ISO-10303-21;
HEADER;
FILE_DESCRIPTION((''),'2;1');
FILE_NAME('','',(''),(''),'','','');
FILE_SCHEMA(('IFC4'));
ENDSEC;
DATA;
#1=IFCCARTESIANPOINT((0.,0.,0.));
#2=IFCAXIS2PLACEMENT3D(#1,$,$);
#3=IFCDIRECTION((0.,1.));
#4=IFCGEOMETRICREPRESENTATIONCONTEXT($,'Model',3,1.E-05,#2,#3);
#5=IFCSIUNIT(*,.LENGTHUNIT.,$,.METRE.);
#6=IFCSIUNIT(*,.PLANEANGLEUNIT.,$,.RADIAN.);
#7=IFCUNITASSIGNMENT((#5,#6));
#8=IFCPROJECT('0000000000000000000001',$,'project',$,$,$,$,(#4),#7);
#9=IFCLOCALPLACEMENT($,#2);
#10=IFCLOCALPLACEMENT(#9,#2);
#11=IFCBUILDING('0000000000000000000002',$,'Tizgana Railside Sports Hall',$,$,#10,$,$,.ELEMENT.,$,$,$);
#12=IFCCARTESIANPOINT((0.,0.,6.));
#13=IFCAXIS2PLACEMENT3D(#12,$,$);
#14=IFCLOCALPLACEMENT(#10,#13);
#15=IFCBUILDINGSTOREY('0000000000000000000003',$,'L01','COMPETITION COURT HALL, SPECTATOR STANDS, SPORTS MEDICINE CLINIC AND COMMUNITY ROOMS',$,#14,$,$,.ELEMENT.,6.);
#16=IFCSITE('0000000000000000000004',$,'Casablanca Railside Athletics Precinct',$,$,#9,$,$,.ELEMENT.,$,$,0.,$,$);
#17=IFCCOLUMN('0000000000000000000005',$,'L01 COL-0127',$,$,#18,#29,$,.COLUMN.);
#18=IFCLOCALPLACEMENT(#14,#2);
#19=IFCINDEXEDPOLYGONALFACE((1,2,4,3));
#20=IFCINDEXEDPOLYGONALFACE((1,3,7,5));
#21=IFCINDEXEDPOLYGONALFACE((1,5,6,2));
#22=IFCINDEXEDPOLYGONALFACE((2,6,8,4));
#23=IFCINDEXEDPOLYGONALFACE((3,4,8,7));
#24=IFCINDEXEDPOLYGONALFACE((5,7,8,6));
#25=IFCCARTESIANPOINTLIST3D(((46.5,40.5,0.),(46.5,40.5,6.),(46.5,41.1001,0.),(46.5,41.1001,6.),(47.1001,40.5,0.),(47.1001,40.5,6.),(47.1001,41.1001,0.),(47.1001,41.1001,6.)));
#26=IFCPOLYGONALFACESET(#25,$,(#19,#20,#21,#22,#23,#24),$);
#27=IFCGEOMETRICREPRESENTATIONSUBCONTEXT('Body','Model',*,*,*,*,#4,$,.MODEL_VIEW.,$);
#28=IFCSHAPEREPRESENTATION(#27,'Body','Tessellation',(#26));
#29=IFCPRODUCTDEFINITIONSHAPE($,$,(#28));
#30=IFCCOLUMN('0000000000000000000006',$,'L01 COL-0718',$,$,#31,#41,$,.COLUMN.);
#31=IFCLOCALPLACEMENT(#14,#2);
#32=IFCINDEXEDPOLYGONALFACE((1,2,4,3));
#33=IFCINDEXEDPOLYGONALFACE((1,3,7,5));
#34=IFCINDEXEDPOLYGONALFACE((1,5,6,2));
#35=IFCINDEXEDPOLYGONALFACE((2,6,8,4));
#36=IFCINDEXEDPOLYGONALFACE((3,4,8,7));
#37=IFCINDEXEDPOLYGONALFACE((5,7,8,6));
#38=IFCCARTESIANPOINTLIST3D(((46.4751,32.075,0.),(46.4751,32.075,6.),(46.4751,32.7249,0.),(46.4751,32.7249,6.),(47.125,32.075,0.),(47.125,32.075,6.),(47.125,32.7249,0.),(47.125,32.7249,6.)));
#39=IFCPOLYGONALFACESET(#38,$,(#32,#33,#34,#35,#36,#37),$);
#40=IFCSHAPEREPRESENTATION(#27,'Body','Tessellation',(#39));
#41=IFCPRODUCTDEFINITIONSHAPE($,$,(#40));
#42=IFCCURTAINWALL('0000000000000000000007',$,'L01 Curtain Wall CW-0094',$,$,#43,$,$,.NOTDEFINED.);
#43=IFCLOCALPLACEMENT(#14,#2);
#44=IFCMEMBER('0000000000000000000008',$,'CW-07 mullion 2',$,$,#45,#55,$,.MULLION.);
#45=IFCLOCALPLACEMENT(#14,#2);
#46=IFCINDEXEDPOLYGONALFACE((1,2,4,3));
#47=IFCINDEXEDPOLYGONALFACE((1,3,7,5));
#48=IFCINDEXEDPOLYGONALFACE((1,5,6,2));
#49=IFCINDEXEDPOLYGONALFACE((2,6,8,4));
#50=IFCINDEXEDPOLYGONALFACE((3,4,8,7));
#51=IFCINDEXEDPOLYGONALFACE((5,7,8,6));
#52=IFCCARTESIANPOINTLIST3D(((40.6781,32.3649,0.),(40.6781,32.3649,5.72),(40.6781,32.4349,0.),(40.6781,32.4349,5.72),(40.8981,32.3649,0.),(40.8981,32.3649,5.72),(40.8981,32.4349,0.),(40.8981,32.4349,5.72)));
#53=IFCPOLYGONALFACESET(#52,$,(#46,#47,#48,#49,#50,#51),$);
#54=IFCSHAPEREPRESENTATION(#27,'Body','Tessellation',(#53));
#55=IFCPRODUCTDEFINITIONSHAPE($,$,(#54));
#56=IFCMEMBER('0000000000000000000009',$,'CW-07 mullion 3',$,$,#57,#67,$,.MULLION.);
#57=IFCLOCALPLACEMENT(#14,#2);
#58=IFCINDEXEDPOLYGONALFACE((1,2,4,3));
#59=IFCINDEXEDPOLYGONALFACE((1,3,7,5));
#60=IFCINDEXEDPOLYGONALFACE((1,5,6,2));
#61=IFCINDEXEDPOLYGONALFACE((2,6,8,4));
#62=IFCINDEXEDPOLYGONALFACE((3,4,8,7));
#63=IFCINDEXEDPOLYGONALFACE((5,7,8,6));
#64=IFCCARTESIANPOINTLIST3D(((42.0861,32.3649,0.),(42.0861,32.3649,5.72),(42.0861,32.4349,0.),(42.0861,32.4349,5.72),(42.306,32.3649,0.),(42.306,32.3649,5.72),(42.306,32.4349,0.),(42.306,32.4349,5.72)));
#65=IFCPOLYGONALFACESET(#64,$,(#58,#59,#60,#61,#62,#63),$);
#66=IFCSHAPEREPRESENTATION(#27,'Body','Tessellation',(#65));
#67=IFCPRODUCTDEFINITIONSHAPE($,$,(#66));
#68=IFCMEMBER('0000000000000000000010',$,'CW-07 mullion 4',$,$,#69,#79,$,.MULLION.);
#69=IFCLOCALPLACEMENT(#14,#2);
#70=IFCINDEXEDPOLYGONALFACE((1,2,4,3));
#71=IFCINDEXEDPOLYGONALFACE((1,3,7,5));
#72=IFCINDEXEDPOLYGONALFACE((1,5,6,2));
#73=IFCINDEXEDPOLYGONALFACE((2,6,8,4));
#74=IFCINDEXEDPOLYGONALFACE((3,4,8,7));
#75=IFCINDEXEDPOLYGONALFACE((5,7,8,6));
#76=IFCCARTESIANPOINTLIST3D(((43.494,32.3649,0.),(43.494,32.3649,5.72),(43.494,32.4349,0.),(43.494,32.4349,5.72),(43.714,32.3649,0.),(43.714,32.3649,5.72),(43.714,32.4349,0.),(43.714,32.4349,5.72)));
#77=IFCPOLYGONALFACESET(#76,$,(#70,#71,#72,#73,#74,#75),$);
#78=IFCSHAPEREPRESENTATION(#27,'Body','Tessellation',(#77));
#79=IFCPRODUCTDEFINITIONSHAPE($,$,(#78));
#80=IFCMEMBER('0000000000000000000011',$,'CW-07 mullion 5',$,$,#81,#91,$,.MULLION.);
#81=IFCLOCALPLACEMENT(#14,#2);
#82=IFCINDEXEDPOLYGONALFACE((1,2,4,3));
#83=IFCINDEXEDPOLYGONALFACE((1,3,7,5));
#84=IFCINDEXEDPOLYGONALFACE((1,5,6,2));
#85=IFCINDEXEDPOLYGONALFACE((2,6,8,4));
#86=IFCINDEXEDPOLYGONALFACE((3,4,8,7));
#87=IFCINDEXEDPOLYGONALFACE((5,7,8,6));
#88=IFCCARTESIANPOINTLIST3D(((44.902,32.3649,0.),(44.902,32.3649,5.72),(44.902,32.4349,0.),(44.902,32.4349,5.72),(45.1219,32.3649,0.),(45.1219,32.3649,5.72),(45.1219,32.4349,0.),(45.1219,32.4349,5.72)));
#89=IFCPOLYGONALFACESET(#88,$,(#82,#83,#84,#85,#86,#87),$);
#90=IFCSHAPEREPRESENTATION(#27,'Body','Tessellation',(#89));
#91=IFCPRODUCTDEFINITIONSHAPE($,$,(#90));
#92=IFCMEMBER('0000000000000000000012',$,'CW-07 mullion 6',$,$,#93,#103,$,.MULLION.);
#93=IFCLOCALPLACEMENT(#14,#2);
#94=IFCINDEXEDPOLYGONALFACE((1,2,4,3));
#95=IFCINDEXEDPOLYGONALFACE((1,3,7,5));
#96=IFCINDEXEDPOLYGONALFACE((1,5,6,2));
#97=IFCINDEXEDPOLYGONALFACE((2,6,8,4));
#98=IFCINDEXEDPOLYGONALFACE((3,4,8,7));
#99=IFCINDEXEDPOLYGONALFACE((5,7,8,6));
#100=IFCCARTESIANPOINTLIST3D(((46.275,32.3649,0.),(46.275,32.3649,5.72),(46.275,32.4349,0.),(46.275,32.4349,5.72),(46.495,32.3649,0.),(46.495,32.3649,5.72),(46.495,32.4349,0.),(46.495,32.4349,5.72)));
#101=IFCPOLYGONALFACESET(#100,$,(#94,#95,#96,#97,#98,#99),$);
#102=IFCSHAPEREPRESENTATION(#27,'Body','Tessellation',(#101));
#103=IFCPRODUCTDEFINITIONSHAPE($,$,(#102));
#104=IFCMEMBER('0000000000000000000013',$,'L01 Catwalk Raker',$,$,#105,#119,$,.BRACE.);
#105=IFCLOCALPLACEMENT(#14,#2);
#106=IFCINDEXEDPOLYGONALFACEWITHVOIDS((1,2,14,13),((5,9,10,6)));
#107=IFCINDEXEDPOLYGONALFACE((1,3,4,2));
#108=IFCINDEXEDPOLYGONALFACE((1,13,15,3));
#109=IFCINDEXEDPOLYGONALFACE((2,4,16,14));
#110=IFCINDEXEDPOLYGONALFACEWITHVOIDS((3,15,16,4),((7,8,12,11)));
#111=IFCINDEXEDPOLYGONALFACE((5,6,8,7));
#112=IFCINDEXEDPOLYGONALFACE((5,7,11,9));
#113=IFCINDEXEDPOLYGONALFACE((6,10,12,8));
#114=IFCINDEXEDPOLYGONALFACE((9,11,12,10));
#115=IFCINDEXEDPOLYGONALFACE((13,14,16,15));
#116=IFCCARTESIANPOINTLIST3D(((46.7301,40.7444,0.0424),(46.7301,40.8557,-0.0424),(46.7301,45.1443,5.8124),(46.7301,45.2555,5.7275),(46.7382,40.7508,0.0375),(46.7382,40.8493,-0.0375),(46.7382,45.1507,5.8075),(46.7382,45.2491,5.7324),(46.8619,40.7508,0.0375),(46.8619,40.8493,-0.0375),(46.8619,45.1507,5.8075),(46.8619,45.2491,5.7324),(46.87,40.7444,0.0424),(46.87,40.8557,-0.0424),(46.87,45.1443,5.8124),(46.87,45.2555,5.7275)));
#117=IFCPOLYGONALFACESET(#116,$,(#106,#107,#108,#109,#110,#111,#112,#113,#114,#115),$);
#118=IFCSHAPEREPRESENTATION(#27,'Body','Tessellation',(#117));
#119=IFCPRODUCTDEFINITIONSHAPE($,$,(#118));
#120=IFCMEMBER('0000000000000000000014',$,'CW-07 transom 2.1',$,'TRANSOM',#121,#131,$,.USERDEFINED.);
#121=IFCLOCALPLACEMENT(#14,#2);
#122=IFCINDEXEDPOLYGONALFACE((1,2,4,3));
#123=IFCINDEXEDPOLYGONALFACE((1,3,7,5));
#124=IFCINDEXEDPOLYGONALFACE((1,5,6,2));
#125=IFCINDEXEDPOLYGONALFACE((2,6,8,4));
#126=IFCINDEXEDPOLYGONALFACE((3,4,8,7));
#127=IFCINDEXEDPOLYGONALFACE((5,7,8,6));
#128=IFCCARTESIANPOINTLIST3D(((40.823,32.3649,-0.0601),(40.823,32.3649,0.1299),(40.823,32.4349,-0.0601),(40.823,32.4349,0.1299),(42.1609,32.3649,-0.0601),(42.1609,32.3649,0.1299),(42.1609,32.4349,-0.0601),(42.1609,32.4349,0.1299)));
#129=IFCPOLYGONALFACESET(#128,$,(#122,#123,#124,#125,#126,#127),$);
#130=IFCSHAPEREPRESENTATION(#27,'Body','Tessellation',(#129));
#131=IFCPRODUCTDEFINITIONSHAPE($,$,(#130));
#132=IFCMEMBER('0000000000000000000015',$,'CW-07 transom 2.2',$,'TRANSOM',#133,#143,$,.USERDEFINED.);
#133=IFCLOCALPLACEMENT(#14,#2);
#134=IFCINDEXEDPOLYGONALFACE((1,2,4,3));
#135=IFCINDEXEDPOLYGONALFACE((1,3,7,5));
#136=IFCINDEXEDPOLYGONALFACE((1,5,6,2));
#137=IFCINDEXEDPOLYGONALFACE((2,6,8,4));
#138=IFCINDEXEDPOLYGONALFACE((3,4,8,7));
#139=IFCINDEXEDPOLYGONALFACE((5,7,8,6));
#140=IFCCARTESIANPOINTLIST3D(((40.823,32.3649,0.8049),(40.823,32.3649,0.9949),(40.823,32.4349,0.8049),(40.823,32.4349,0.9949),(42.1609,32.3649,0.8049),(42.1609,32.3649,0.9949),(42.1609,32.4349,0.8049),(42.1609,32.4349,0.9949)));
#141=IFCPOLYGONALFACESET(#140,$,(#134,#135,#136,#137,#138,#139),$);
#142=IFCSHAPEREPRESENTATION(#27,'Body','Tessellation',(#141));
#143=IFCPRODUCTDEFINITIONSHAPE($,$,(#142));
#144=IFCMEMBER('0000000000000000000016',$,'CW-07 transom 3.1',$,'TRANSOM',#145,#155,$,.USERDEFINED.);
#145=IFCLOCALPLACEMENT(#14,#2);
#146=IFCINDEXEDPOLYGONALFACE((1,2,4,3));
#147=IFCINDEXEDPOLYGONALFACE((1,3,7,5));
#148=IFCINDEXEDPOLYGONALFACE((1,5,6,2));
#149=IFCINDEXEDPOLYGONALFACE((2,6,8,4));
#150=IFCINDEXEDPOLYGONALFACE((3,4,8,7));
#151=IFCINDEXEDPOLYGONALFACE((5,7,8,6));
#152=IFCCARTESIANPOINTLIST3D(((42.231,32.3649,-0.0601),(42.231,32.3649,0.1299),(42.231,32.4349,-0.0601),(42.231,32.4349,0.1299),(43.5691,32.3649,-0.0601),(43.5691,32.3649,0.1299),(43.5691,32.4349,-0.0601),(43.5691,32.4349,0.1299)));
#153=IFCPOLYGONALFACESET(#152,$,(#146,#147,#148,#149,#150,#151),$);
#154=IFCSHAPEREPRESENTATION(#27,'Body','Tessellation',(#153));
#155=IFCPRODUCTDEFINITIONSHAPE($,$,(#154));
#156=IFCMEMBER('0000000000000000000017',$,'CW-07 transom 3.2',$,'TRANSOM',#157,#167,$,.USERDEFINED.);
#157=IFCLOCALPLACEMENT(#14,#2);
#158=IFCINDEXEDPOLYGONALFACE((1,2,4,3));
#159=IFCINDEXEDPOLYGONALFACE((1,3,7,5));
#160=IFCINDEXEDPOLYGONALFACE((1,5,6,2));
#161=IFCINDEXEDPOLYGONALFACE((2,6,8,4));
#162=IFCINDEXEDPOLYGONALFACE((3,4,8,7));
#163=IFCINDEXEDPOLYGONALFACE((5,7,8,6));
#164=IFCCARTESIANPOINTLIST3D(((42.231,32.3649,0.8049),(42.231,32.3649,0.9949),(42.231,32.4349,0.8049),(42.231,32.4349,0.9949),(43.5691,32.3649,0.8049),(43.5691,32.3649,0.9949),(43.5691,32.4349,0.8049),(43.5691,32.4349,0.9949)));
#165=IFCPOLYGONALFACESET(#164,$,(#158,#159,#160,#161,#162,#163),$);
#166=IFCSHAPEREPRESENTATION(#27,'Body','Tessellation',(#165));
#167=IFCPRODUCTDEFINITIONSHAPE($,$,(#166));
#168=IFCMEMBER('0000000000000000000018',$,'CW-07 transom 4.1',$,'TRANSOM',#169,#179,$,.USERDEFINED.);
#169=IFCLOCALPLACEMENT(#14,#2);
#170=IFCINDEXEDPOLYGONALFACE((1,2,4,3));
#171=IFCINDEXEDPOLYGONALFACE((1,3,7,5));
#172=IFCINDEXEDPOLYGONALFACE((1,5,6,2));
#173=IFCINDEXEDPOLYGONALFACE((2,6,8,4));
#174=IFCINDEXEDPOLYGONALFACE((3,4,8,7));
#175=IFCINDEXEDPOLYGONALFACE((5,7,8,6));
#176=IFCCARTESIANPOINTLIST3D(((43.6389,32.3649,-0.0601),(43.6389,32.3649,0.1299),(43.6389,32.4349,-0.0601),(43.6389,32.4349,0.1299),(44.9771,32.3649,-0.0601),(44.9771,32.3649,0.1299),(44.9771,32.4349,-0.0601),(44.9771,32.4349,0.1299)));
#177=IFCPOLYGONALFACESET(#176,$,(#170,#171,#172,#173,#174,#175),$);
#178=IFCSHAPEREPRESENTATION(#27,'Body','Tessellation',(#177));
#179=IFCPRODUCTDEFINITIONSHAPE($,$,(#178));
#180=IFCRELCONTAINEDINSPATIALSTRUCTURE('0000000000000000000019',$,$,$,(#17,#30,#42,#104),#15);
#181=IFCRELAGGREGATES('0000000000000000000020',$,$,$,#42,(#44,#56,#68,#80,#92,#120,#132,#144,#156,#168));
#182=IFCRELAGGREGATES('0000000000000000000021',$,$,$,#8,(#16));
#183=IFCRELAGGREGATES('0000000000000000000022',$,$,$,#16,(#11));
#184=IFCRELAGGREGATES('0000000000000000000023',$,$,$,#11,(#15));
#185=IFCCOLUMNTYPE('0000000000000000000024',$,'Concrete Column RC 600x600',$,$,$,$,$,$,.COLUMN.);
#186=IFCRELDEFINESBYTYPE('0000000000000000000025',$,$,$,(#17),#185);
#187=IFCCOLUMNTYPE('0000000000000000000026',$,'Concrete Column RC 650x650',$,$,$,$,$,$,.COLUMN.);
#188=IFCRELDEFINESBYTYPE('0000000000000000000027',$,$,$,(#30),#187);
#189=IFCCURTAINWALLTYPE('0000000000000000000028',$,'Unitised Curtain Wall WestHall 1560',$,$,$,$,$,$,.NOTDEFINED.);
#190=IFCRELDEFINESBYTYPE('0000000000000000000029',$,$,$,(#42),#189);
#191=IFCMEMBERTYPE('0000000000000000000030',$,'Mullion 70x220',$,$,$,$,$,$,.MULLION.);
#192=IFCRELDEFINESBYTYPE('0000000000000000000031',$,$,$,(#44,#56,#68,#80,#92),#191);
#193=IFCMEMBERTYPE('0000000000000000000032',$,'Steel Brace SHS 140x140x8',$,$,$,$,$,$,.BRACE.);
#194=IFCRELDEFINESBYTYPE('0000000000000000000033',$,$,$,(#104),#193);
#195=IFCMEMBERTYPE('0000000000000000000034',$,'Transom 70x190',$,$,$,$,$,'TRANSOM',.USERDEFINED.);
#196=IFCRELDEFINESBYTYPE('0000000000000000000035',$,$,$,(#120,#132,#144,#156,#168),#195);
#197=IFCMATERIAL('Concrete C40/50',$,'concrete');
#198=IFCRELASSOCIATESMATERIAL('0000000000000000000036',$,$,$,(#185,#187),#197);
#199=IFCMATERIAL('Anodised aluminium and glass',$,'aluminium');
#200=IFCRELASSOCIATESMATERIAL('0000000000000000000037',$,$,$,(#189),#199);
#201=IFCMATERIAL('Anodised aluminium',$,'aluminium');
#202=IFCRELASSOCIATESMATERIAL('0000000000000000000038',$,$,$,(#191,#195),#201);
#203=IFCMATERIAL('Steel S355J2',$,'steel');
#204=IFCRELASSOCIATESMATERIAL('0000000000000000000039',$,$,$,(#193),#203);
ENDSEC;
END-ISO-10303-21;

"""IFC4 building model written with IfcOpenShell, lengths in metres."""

from ifc_helpers import new_model, si_unit, direction, frame, origin, origin_2d, place, context, subcontext, project, spatial, rectangle, hollow_rectangle, extrude, material, material_profile, profile_set, type_object, element, aggregate, save


model = new_model("IFC4")

# Units and contexts
model_context = context("Model", 3, precision=1e-05, world=origin(), true_north=direction((0.0, 1.0)))
body_context = subcontext(model_context, "Body", "Model", "MODEL_VIEW")
ifc_project = project(units=[si_unit("LENGTHUNIT", "METRE"), si_unit("PLANEANGLEUNIT", "RADIAN")], contexts=[model_context])

# Site, building, storey
site_placement = place(None, origin())
site = spatial("IfcSite", under=ifc_project, at=site_placement, Name="Casablanca Railside Athletics Precinct", CompositionType="ELEMENT", RefElevation=0.0)
building_placement = place(site_placement, origin())
building = spatial("IfcBuilding", under=site, at=building_placement, Name="Tizgana Railside Sports Hall", CompositionType="ELEMENT")
storey_placement = place(building_placement, frame((0.0, 0.0, 6.0)))
storey = spatial("IfcBuildingStorey", under=building, at=storey_placement, Name="L01", Description="COMPETITION COURT HALL, SPECTATOR STANDS, SPORTS MEDICINE CLINIC AND COMMUNITY ROOMS", CompositionType="ELEMENT", Elevation=6.0)

# Columns
ifc_material_1 = material(Name="Concrete C40/50", Category="concrete")
ifc_material_profile_1 = material_profile(ifc_material_1, rectangle(XDim=0.6001, YDim=0.6001, at=origin_2d()), Name="RC 600x600")
ifc_profile_set_1 = profile_set([ifc_material_profile_1], Name="Concrete C40/50")
column_type_1 = type_object("IfcColumnType", Name="Concrete Column RC 600x600", PredefinedType="COLUMN", material=ifc_profile_set_1)
column_1_placement = place(storey_placement, frame((46.8, 40.8, 0.0), z_axis=(0.0, 0.0, 1.0), x_axis=(1.0, 0.0, 0.0)))
element("IfcColumn", 1, at=column_1_placement, inside=storey, type_object=column_type_1, Name="L01 COL-0127", PredefinedType="COLUMN", context=body_context, shape_type="SweptSolid", body=[
    extrude(rectangle(XDim=0.6001, YDim=0.6001, at=origin_2d()), origin(), (0.0, 0.0, 1.0), 6.0),
])
ifc_material_profile_2 = material_profile(ifc_material_1, rectangle(XDim=0.6499, YDim=0.6499, at=origin_2d()), Name="RC 650x650")
ifc_profile_set_2 = profile_set([ifc_material_profile_2], Name="Concrete C40/50")
column_type_2 = type_object("IfcColumnType", Name="Concrete Column RC 650x650", PredefinedType="COLUMN", material=ifc_profile_set_2)
column_2_placement = place(storey_placement, frame((46.8, 32.3999, 0.0), z_axis=(0.0, 0.0, 1.0), x_axis=(1.0, 0.0, 0.0)))
element("IfcColumn", 2, at=column_2_placement, inside=storey, type_object=column_type_2, Name="L01 COL-0718", PredefinedType="COLUMN", context=body_context, shape_type="SweptSolid", body=[
    extrude(rectangle(XDim=0.6499, YDim=0.6499, at=origin_2d()), origin(), (0.0, 0.0, 1.0), 6.0),
])

# Curtain wall, members
ifc_material_2 = material(Name="Anodised aluminium and glass", Category="aluminium")
curtain_wall_type = type_object("IfcCurtainWallType", Name="Unitised Curtain Wall WestHall 1560", PredefinedType="NOTDEFINED", material=ifc_material_2)
curtain_wall_placement = place(storey_placement, origin())
curtain_wall = element("IfcCurtainWall", 3, at=curtain_wall_placement, inside=storey, type_object=curtain_wall_type, Name="L01 Curtain Wall CW-0094", PredefinedType="NOTDEFINED")
ifc_material_3 = material(Name="Anodised aluminium", Category="aluminium")
ifc_material_profile_3 = material_profile(ifc_material_3, rectangle(XDim=0.0701, YDim=0.22, at=origin_2d()), Name="Mullion 70x220")
ifc_profile_set_3 = profile_set([ifc_material_profile_3], Name="Anodised aluminium")
member_type_1 = type_object("IfcMemberType", Name="Mullion 70x220", PredefinedType="MULLION", material=ifc_profile_set_3)
member_1_placement = place(storey_placement, frame((40.7881, 32.3999, 0.0), z_axis=(0.0, 0.0, 1.0), x_axis=(0.0, 1.0, 0.0)))
member_1 = element("IfcMember", 4, at=member_1_placement, type_object=member_type_1, Name="CW-07 mullion 2", PredefinedType="MULLION", context=body_context, shape_type="SweptSolid", body=[
    extrude(rectangle(XDim=0.0701, YDim=0.22, at=origin_2d()), origin(), (0.0, 0.0, 1.0), 5.72),
])
member_2_placement = place(storey_placement, frame((42.196, 32.3999, 0.0), z_axis=(0.0, 0.0, 1.0), x_axis=(0.0, 1.0, 0.0)))
member_2 = element("IfcMember", 5, at=member_2_placement, type_object=member_type_1, Name="CW-07 mullion 3", PredefinedType="MULLION", context=body_context, shape_type="SweptSolid", body=[
    extrude(rectangle(XDim=0.0701, YDim=0.22, at=origin_2d()), origin(), (0.0, 0.0, 1.0), 5.72),
])
member_3_placement = place(storey_placement, frame((43.604, 32.3999, 0.0), z_axis=(0.0, 0.0, 1.0), x_axis=(0.0, 1.0, 0.0)))
member_3 = element("IfcMember", 6, at=member_3_placement, type_object=member_type_1, Name="CW-07 mullion 4", PredefinedType="MULLION", context=body_context, shape_type="SweptSolid", body=[
    extrude(rectangle(XDim=0.0701, YDim=0.22, at=origin_2d()), origin(), (0.0, 0.0, 1.0), 5.72),
])
member_4_placement = place(storey_placement, frame((45.012, 32.3999, 0.0), z_axis=(0.0, 0.0, 1.0), x_axis=(0.0, 1.0, 0.0)))
member_4 = element("IfcMember", 7, at=member_4_placement, type_object=member_type_1, Name="CW-07 mullion 5", PredefinedType="MULLION", context=body_context, shape_type="SweptSolid", body=[
    extrude(rectangle(XDim=0.0701, YDim=0.22, at=origin_2d()), origin(), (0.0, 0.0, 1.0), 5.72),
])
member_5_placement = place(storey_placement, frame((46.385, 32.3999, 0.0), z_axis=(0.0, 0.0, 1.0), x_axis=(0.0, 1.0, 0.0)))
member_5 = element("IfcMember", 8, at=member_5_placement, type_object=member_type_1, Name="CW-07 mullion 6", PredefinedType="MULLION", context=body_context, shape_type="SweptSolid", body=[
    extrude(rectangle(XDim=0.0701, YDim=0.22, at=origin_2d()), origin(), (0.0, 0.0, 1.0), 5.72),
])

# Members
ifc_material_4 = material(Name="Steel S355J2", Category="steel")
ifc_material_profile_4 = material_profile(ifc_material_4, hollow_rectangle(XDim=0.1399, YDim=0.1399, WallThickness=0.0081, at=origin_2d()), Name="SHS 140x140x8")
ifc_profile_set_4 = profile_set([ifc_material_profile_4], Name="Steel S355J2")
member_type_2 = type_object("IfcMemberType", Name="Steel Brace SHS 140x140x8", PredefinedType="BRACE", material=ifc_profile_set_4)
member_6_placement = place(storey_placement, frame((46.8, 40.8, 0.0), z_axis=(0.0, 0.606366, 0.795186), x_axis=(-1.0, 0.0, 0.0)))
element("IfcMember", 9, at=member_6_placement, inside=storey, type_object=member_type_2, Name="L01 Catwalk Raker", PredefinedType="BRACE", context=body_context, shape_type="SweptSolid", body=[
    extrude(hollow_rectangle(XDim=0.1399, YDim=0.1399, WallThickness=0.0081, at=origin_2d()), origin(), (0.0, 0.0, 1.0), 7.2561),
])
ifc_material_profile_5 = material_profile(ifc_material_3, rectangle(XDim=0.0701, YDim=0.1899, at=origin_2d()), Name="Transom 70x190")
ifc_profile_set_5 = profile_set([ifc_material_profile_5], Name="Anodised aluminium")
member_type_3 = type_object("IfcMemberType", Name="Transom 70x190", ElementType="TRANSOM", PredefinedType="USERDEFINED", material=ifc_profile_set_5)
member_7_placement = place(storey_placement, frame((40.823, 32.3999, 0.0349), z_axis=(1.0, 0.0, 0.0), x_axis=(0.0, 1.0, 0.0)))
member_7 = element("IfcMember", 10, at=member_7_placement, type_object=member_type_3, Name="CW-07 transom 2.1", ObjectType="TRANSOM", PredefinedType="USERDEFINED", context=body_context, shape_type="SweptSolid", body=[
    extrude(rectangle(XDim=0.0701, YDim=0.1899, at=origin_2d()), origin(), (0.0, 0.0, 1.0), 1.3379),
])
member_8_placement = place(storey_placement, frame((40.823, 32.3999, 0.8999), z_axis=(1.0, 0.0, 0.0), x_axis=(0.0, 1.0, 0.0)))
member_8 = element("IfcMember", 11, at=member_8_placement, type_object=member_type_3, Name="CW-07 transom 2.2", ObjectType="TRANSOM", PredefinedType="USERDEFINED", context=body_context, shape_type="SweptSolid", body=[
    extrude(rectangle(XDim=0.0701, YDim=0.1899, at=origin_2d()), origin(), (0.0, 0.0, 1.0), 1.3379),
])
member_9_placement = place(storey_placement, frame((42.231, 32.3999, 0.0349), z_axis=(1.0, 0.0, 0.0), x_axis=(0.0, 1.0, 0.0)))
member_9 = element("IfcMember", 12, at=member_9_placement, type_object=member_type_3, Name="CW-07 transom 3.1", ObjectType="TRANSOM", PredefinedType="USERDEFINED", context=body_context, shape_type="SweptSolid", body=[
    extrude(rectangle(XDim=0.0701, YDim=0.1899, at=origin_2d()), origin(), (0.0, 0.0, 1.0), 1.3381),
])
member_10_placement = place(storey_placement, frame((42.231, 32.3999, 0.8999), z_axis=(1.0, 0.0, 0.0), x_axis=(0.0, 1.0, 0.0)))
member_10 = element("IfcMember", 13, at=member_10_placement, type_object=member_type_3, Name="CW-07 transom 3.2", ObjectType="TRANSOM", PredefinedType="USERDEFINED", context=body_context, shape_type="SweptSolid", body=[
    extrude(rectangle(XDim=0.0701, YDim=0.1899, at=origin_2d()), origin(), (0.0, 0.0, 1.0), 1.3381),
])
member_11_placement = place(storey_placement, frame((43.6389, 32.3999, 0.0349), z_axis=(1.0, 0.0, 0.0), x_axis=(0.0, 1.0, 0.0)))
member_11 = element("IfcMember", 14, at=member_11_placement, type_object=member_type_3, Name="CW-07 transom 4.1", ObjectType="TRANSOM", PredefinedType="USERDEFINED", context=body_context, shape_type="SweptSolid", body=[
    extrude(rectangle(XDim=0.0701, YDim=0.1899, at=origin_2d()), origin(), (0.0, 0.0, 1.0), 1.3381),
])

aggregate(curtain_wall, [member_1, member_2, member_3, member_4, member_5, member_7, member_8, member_9, member_10, member_11])

save(model, "model.ifc")
